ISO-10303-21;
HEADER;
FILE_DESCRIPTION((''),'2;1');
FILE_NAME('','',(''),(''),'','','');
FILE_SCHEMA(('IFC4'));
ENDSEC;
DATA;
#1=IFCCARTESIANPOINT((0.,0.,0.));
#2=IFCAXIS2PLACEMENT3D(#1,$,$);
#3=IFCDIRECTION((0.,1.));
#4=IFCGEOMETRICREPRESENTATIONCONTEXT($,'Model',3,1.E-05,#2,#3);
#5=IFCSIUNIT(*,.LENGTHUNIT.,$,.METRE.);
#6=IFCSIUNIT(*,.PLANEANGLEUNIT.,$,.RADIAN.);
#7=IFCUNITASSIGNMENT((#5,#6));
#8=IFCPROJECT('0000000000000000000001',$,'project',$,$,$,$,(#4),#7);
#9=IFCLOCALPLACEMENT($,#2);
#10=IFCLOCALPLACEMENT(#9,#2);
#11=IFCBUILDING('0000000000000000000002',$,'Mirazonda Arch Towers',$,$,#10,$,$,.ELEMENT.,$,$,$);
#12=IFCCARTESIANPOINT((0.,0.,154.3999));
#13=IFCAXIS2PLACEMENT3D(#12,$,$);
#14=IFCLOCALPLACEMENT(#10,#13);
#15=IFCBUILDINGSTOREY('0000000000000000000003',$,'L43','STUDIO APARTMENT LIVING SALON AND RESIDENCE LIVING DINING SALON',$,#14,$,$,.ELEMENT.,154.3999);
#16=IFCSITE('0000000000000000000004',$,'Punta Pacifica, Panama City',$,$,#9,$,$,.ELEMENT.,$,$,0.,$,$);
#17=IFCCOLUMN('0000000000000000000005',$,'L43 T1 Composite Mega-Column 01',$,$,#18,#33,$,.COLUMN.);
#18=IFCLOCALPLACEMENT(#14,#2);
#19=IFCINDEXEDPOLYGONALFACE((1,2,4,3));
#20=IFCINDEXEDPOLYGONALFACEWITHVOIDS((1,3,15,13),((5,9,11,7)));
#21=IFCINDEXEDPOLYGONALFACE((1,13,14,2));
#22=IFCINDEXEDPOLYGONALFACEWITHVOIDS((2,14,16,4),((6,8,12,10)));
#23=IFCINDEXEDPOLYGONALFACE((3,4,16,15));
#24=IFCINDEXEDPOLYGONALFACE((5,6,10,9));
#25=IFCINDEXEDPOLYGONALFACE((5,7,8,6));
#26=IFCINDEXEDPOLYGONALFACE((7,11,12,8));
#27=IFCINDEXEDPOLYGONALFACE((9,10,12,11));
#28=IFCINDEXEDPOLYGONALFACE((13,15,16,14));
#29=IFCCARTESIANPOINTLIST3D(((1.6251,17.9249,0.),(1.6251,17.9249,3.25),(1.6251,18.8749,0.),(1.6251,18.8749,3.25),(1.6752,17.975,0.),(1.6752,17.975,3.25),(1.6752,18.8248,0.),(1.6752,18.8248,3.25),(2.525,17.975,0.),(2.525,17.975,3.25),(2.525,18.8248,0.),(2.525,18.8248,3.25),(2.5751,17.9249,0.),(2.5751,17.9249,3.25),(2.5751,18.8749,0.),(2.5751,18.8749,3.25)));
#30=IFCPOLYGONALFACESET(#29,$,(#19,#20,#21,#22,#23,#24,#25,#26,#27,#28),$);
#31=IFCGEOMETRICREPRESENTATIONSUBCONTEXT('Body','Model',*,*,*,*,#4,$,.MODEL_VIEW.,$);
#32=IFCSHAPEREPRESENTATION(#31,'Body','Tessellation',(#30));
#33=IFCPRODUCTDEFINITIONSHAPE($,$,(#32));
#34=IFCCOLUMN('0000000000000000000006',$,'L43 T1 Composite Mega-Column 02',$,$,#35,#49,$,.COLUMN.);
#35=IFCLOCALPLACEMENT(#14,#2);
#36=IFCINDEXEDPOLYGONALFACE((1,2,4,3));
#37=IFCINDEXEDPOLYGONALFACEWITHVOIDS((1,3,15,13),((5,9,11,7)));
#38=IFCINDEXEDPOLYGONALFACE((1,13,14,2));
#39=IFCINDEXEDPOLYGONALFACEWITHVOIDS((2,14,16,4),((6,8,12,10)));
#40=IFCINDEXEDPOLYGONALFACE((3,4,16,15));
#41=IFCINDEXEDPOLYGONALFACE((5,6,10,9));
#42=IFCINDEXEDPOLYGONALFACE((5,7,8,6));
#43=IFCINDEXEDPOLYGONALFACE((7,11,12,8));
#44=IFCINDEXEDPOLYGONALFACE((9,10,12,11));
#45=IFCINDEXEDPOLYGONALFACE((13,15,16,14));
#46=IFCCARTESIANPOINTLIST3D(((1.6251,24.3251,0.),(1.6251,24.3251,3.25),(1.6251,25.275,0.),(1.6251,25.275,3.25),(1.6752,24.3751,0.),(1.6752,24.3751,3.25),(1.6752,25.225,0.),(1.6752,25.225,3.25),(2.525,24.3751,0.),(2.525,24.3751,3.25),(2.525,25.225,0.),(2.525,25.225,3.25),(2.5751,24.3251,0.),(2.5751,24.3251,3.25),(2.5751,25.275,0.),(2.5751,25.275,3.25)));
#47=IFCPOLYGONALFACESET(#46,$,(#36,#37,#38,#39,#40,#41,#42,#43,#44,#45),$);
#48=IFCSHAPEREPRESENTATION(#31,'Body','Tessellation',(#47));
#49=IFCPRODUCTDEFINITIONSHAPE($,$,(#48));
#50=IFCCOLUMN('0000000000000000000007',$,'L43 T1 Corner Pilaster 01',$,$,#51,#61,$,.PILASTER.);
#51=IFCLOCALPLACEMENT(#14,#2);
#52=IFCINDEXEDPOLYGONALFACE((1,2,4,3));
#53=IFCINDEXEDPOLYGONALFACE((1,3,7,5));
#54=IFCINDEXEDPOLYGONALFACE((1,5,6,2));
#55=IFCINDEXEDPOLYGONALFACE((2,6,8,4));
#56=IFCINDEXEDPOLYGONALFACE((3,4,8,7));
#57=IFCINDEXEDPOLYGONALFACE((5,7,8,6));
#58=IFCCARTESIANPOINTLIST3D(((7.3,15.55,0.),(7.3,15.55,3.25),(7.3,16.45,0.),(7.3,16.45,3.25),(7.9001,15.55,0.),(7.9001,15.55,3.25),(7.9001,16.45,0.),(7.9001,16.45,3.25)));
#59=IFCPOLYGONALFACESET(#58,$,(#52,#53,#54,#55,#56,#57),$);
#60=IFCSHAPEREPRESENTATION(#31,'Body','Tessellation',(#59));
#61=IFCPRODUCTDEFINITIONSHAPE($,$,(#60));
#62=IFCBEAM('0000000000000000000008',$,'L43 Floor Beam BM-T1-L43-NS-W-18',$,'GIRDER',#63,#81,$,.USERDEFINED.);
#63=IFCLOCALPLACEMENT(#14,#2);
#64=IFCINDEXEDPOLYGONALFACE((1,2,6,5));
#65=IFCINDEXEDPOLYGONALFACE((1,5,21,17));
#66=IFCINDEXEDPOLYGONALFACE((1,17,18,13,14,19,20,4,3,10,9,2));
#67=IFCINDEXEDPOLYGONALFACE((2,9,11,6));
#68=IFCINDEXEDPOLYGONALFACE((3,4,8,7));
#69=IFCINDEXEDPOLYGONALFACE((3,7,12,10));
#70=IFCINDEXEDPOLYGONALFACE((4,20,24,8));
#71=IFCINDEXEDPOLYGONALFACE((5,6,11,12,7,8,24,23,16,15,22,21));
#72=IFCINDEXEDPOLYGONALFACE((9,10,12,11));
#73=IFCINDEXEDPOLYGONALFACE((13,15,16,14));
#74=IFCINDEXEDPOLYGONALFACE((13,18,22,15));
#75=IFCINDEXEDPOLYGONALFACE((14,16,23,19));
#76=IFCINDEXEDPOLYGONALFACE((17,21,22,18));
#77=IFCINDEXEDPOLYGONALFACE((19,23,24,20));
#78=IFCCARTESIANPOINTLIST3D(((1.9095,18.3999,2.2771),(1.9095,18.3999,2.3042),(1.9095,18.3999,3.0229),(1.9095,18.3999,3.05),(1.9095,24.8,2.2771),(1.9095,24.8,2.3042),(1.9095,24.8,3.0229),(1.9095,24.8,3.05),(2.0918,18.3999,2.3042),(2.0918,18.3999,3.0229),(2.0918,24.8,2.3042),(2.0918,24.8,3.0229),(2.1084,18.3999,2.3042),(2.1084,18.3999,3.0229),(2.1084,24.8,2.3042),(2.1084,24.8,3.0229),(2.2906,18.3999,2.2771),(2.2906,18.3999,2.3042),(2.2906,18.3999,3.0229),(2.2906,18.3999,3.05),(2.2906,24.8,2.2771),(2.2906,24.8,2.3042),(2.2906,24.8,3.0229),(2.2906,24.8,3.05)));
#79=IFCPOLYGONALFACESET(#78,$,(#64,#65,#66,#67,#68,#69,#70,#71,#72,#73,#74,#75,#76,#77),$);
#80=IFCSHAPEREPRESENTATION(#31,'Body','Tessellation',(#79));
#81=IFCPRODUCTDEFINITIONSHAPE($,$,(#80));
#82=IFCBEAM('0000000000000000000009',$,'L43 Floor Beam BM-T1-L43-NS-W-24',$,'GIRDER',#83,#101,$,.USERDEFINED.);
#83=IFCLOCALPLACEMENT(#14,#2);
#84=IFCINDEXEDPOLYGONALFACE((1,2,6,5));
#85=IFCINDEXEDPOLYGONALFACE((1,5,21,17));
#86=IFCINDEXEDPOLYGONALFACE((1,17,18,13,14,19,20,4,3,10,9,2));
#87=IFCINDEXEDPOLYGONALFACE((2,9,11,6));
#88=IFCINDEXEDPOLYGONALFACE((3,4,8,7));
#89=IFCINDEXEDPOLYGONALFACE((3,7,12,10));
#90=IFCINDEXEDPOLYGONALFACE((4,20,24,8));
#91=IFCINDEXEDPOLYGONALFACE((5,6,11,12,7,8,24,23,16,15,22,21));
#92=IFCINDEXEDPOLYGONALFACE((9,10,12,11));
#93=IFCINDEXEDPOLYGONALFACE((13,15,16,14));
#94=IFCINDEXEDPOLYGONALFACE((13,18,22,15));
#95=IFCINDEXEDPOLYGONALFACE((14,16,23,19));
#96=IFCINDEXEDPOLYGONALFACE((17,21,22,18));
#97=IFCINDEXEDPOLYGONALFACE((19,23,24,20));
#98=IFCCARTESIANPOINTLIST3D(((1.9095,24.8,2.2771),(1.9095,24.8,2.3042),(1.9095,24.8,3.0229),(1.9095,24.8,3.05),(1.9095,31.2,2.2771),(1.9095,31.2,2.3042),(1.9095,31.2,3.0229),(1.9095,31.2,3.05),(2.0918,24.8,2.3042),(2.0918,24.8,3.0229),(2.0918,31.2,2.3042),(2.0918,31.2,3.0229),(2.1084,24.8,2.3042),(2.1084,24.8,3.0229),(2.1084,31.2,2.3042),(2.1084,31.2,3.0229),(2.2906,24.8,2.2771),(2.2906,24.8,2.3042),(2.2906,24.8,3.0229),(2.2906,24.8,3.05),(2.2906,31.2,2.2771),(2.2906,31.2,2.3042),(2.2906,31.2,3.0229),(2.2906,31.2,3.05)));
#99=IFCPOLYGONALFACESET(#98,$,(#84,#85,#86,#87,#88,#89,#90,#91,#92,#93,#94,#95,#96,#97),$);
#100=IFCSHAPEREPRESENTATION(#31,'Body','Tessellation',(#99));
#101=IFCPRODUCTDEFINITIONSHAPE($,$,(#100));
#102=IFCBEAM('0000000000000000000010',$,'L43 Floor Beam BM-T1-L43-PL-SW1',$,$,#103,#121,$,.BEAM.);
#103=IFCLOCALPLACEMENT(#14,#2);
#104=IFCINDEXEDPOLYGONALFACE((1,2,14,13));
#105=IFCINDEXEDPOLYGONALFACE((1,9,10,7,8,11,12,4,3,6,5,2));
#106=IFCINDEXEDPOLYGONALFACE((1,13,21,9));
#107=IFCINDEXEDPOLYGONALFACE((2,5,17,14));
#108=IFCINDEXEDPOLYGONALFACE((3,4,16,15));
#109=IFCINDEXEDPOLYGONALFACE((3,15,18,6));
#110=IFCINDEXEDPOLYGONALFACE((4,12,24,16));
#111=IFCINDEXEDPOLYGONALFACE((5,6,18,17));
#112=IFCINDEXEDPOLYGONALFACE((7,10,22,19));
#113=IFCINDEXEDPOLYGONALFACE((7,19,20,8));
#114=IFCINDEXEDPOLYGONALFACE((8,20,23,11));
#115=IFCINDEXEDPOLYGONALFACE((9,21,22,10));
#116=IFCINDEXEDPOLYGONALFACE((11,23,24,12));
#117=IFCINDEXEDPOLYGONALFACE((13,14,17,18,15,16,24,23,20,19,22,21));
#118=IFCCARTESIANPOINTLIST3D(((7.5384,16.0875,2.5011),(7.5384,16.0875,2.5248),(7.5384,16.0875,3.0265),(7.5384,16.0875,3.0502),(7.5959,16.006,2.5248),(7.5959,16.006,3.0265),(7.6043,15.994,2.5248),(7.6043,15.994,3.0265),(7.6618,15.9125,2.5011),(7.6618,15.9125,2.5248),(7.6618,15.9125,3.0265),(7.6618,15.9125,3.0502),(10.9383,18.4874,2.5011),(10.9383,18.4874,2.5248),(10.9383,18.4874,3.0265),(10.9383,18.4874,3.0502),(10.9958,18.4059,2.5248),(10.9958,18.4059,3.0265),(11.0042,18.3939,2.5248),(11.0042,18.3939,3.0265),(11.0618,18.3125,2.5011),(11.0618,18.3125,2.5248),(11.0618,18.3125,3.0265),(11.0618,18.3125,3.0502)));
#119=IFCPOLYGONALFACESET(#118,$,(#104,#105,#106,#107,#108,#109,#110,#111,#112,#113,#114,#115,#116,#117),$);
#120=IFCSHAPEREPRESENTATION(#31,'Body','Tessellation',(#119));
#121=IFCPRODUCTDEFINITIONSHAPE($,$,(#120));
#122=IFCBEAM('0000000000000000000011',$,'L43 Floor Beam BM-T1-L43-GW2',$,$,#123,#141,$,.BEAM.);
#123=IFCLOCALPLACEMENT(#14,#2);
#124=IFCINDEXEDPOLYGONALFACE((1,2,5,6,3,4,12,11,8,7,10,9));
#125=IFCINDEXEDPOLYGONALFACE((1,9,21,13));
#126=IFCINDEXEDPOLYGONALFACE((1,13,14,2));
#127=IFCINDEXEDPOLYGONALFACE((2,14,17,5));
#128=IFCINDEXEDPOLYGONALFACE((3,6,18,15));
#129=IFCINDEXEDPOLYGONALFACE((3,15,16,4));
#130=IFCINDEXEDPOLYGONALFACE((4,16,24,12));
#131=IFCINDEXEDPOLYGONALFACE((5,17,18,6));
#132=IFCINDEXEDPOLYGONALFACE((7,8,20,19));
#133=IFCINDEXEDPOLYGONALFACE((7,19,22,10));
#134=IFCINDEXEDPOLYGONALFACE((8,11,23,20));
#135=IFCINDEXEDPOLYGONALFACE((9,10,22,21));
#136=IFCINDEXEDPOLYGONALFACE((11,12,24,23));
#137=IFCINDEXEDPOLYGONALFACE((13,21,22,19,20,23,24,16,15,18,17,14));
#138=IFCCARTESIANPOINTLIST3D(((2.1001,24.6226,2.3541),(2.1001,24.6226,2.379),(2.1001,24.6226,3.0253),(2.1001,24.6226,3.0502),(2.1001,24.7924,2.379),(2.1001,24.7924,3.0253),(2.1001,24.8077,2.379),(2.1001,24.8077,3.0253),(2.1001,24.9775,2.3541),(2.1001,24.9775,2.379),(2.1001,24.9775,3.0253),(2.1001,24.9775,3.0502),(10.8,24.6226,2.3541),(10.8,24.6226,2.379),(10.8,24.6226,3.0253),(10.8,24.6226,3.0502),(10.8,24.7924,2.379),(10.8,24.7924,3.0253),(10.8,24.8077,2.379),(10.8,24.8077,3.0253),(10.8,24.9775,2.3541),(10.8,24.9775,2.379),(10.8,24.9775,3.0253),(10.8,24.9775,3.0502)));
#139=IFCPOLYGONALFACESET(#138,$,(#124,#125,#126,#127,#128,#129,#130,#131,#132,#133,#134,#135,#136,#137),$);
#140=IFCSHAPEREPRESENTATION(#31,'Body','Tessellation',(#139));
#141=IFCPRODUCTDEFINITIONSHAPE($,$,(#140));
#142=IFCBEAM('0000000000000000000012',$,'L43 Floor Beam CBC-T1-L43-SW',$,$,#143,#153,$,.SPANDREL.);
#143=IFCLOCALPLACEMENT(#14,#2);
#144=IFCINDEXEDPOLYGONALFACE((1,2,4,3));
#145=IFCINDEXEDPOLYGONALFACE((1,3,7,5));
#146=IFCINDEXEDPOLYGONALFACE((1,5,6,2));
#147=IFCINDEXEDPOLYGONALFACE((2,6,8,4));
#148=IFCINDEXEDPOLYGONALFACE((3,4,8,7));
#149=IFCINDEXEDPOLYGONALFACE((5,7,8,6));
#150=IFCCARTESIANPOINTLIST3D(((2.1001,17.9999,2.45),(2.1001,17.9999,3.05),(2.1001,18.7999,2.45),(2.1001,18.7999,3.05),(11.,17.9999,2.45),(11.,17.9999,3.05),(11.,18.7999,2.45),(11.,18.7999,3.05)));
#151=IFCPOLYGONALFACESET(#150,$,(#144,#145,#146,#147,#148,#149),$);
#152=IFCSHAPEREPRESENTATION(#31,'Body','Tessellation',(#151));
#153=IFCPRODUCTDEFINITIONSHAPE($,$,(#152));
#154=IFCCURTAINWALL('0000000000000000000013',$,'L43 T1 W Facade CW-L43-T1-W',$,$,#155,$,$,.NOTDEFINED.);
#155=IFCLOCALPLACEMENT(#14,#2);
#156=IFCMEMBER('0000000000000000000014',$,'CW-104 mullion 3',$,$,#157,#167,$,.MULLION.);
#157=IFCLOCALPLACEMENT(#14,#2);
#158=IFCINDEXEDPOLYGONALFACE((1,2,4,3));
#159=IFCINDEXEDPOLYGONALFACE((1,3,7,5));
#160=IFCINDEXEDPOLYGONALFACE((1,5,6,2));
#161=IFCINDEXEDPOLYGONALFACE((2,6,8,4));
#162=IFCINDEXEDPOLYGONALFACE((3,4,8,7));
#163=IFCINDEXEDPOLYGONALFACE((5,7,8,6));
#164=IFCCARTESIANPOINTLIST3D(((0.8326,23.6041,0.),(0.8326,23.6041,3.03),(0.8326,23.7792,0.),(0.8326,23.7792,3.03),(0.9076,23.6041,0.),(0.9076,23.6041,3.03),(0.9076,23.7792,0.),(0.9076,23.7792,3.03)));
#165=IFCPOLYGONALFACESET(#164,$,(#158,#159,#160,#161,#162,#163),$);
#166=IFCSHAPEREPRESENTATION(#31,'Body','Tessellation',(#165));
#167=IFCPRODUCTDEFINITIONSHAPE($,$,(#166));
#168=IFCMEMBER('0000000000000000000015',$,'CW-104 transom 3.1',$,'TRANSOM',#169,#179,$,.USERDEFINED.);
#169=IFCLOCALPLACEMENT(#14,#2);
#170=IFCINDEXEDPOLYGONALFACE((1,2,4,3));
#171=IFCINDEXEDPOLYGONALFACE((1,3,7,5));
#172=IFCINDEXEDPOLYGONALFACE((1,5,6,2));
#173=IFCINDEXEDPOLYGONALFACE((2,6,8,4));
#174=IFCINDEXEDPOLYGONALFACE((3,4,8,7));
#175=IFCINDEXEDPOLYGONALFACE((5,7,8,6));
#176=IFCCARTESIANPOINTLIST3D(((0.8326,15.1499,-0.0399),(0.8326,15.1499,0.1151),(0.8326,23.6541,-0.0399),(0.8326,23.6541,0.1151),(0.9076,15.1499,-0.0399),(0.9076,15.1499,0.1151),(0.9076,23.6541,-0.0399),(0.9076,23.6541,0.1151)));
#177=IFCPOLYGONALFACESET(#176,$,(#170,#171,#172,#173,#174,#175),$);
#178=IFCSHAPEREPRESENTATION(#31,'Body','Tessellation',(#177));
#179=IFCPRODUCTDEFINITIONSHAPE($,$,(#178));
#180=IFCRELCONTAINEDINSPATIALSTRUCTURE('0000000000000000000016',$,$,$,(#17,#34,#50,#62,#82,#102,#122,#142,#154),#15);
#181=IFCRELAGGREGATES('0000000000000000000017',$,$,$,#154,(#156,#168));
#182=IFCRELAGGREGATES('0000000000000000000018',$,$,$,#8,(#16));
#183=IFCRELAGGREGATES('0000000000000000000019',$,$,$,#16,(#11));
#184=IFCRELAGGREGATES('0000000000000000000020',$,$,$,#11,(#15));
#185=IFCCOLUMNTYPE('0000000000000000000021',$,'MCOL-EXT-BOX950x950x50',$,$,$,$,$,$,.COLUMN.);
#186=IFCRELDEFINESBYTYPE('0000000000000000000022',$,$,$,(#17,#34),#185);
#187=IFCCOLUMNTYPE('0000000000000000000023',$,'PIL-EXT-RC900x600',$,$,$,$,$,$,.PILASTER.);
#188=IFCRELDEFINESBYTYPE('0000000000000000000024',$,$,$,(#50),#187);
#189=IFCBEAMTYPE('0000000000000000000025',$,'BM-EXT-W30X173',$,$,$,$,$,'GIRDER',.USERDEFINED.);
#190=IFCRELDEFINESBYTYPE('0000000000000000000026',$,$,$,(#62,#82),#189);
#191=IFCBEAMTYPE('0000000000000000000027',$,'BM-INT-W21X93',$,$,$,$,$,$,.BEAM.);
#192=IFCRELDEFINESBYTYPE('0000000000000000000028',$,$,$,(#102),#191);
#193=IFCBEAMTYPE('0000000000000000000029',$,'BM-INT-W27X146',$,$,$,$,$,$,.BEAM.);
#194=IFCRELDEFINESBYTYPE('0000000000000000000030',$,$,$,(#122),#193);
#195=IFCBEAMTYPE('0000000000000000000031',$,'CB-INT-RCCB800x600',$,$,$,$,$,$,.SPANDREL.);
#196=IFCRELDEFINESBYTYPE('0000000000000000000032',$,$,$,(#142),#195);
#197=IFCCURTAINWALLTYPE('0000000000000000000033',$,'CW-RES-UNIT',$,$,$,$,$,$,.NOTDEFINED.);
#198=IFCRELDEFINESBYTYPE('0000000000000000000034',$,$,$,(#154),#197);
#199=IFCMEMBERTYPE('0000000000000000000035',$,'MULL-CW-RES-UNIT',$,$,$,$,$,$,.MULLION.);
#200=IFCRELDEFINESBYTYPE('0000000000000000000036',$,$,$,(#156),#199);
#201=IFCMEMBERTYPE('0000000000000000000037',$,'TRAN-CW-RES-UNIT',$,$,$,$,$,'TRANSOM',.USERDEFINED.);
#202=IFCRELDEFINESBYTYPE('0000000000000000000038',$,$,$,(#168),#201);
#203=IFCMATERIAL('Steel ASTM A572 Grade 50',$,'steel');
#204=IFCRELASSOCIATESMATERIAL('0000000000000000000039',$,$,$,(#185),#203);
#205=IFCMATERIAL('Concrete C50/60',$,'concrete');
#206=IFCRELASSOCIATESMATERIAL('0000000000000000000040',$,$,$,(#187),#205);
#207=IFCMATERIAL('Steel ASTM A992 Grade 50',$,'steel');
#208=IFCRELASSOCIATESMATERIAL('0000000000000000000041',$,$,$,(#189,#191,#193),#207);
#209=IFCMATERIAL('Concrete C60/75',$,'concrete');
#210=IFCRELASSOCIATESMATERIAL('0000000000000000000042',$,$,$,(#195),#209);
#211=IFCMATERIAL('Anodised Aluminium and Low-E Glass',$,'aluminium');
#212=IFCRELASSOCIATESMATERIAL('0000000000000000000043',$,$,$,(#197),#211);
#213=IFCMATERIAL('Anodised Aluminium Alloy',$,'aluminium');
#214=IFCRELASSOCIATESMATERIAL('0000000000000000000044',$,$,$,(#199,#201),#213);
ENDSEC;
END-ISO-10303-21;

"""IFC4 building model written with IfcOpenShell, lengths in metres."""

from ifc_helpers import new_model, si_unit, direction, frame, origin, origin_2d, place, context, subcontext, project, spatial, rectangle, hollow_rectangle, i_section, extrude, material, material_profile, profile_set, type_object, element, aggregate, save


model = new_model("IFC4")

# Units and contexts
model_context = context("Model", 3, precision=1e-05, world=origin(), true_north=direction((0.0, 1.0)))
body_context = subcontext(model_context, "Body", "Model", "MODEL_VIEW")
ifc_project = project(units=[si_unit("LENGTHUNIT", "METRE"), si_unit("PLANEANGLEUNIT", "RADIAN")], contexts=[model_context])

# Site, building, storey
site_placement = place(None, origin())
site = spatial("IfcSite", under=ifc_project, at=site_placement, Name="Punta Pacifica, Panama City", CompositionType="ELEMENT", RefElevation=0.0)
building_placement = place(site_placement, origin())
building = spatial("IfcBuilding", under=site, at=building_placement, Name="Mirazonda Arch Towers", CompositionType="ELEMENT")
storey_placement = place(building_placement, frame((0.0, 0.0, 154.3999)))
storey = spatial("IfcBuildingStorey", under=building, at=storey_placement, Name="L43", Description="STUDIO APARTMENT LIVING SALON AND RESIDENCE LIVING DINING SALON", CompositionType="ELEMENT", Elevation=154.3999)

# Columns
ifc_material_1 = material(Name="Steel ASTM A572 Grade 50", Category="steel")
ifc_material_profile_1 = material_profile(ifc_material_1, hollow_rectangle(XDim=0.95, YDim=0.95, WallThickness=0.05, at=origin_2d()), Name="BOX950x950x50")
ifc_profile_set_1 = profile_set([ifc_material_profile_1], Name="Steel ASTM A572 Grade 50")
column_type_1 = type_object("IfcColumnType", Name="MCOL-EXT-BOX950x950x50", PredefinedType="COLUMN", material=ifc_profile_set_1)
for number, where, z_axis, x_axis, name in (
    (1, (2.1001, 18.3999, 0.0), (0.0, 0.0, 1.0), (1.0, 0.0, 0.0), "L43 T1 Composite Mega-Column 01"),
    (2, (2.1001, 24.8, 0.0), (0.0, 0.0, 1.0), (1.0, 0.0, 0.0), "L43 T1 Composite Mega-Column 02"),
):
    element("IfcColumn", number, at=place(storey_placement, frame(where, z_axis=z_axis, x_axis=x_axis)), inside=storey, type_object=column_type_1, Name=name, PredefinedType="COLUMN", context=body_context, shape_type="SweptSolid", body=[
        extrude(hollow_rectangle(XDim=0.95, YDim=0.95, WallThickness=0.05, at=origin_2d()), origin(), (0.0, 0.0, 1.0), 3.25),
    ])
ifc_material_2 = material(Name="Concrete C50/60", Category="concrete")
ifc_material_profile_2 = material_profile(ifc_material_2, rectangle(XDim=0.6001, YDim=0.8999, at=origin_2d()), Name="RC900x600")
ifc_profile_set_2 = profile_set([ifc_material_profile_2], Name="Concrete C50/60")
column_type_2 = type_object("IfcColumnType", Name="PIL-EXT-RC900x600", PredefinedType="PILASTER", material=ifc_profile_set_2)
column_placement = place(storey_placement, frame((7.6001, 16.0, 0.0), z_axis=(0.0, 0.0, 1.0), x_axis=(1.0, 0.0, 0.0)))
element("IfcColumn", 3, at=column_placement, inside=storey, type_object=column_type_2, Name="L43 T1 Corner Pilaster 01", PredefinedType="PILASTER", context=body_context, shape_type="SweptSolid", body=[
    extrude(rectangle(XDim=0.6001, YDim=0.8999, at=origin_2d()), origin(), (0.0, 0.0, 1.0), 3.25),
])

# Beams
ifc_material_3 = material(Name="Steel ASTM A992 Grade 50", Category="steel")
ifc_material_profile_3 = material_profile(ifc_material_3, i_section(OverallWidth=0.3811, OverallDepth=0.7729, WebThickness=0.0166, FlangeThickness=0.0271, at=origin_2d()), Name="W30X173")
ifc_profile_set_3 = profile_set([ifc_material_profile_3], Name="Steel ASTM A992 Grade 50")
beam_type_1 = type_object("IfcBeamType", Name="BM-EXT-W30X173", ElementType="GIRDER", PredefinedType="USERDEFINED", material=ifc_profile_set_3)
beam_1_placement = place(storey_placement, frame((2.1001, 18.3999, 2.6636), z_axis=(0.0, 1.0, 0.0), x_axis=(-1.0, 0.0, 0.0)))
element("IfcBeam", 4, at=beam_1_placement, inside=storey, type_object=beam_type_1, Name="L43 Floor Beam BM-T1-L43-NS-W-18", ObjectType="GIRDER", PredefinedType="USERDEFINED", context=body_context, shape_type="SweptSolid", body=[
    extrude(i_section(OverallWidth=0.3811, OverallDepth=0.7729, WebThickness=0.0166, FlangeThickness=0.0271, at=origin_2d()), origin(), (0.0, 0.0, 1.0), 6.4001),
])
beam_2_placement = place(storey_placement, frame((2.1001, 24.8, 2.6636), z_axis=(0.0, 1.0, 0.0), x_axis=(-1.0, 0.0, 0.0)))
element("IfcBeam", 5, at=beam_2_placement, inside=storey, type_object=beam_type_1, Name="L43 Floor Beam BM-T1-L43-NS-W-24", ObjectType="GIRDER", PredefinedType="USERDEFINED", context=body_context, shape_type="SweptSolid", body=[
    extrude(i_section(OverallWidth=0.3811, OverallDepth=0.7729, WebThickness=0.0166, FlangeThickness=0.0271, at=origin_2d()), origin(), (0.0, 0.0, 1.0), 6.3999),
])
ifc_material_profile_4 = material_profile(ifc_material_3, i_section(OverallWidth=0.2141, OverallDepth=0.5491, WebThickness=0.0146, FlangeThickness=0.0237, at=origin_2d()), Name="W21X93")
ifc_profile_set_4 = profile_set([ifc_material_profile_4], Name="Steel ASTM A992 Grade 50")
beam_type_2 = type_object("IfcBeamType", Name="BM-INT-W21X93", PredefinedType="BEAM", material=ifc_profile_set_4)
beam_3_placement = place(storey_placement, frame((7.6001, 16.0, 2.7756), z_axis=(0.816971, 0.576679, 0.0), x_axis=(-0.576679, 0.816971, 0.0)))
element("IfcBeam", 6, at=beam_3_placement, inside=storey, type_object=beam_type_2, Name="L43 Floor Beam BM-T1-L43-PL-SW1", PredefinedType="BEAM", context=body_context, shape_type="SweptSolid", body=[
    extrude(i_section(OverallWidth=0.2141, OverallDepth=0.5491, WebThickness=0.0146, FlangeThickness=0.0237, at=origin_2d()), origin(), (0.0, 0.0, 1.0), 4.1616),
])
ifc_material_profile_5 = material_profile(ifc_material_3, i_section(OverallWidth=0.355, OverallDepth=0.696, WebThickness=0.0154, FlangeThickness=0.0249, at=origin_2d()), Name="W27X146")
ifc_profile_set_5 = profile_set([ifc_material_profile_5], Name="Steel ASTM A992 Grade 50")
beam_type_3 = type_object("IfcBeamType", Name="BM-INT-W27X146", PredefinedType="BEAM", material=ifc_profile_set_5)
beam_4_placement = place(storey_placement, frame((2.1001, 24.8, 2.7021), z_axis=(1.0, 0.0, 0.0), x_axis=(0.0, 1.0, 0.0)))
element("IfcBeam", 7, at=beam_4_placement, inside=storey, type_object=beam_type_3, Name="L43 Floor Beam BM-T1-L43-GW2", PredefinedType="BEAM", context=body_context, shape_type="SweptSolid", body=[
    extrude(i_section(OverallWidth=0.355, OverallDepth=0.696, WebThickness=0.0154, FlangeThickness=0.0249, at=origin_2d()), origin(), (0.0, 0.0, 1.0), 8.7),
])
ifc_material_4 = material(Name="Concrete C60/75", Category="concrete")
ifc_material_profile_6 = material_profile(ifc_material_4, rectangle(XDim=0.8, YDim=0.6001, at=origin_2d()), Name="RCCB800x600")
ifc_profile_set_6 = profile_set([ifc_material_profile_6], Name="Concrete C60/75")
beam_type_4 = type_object("IfcBeamType", Name="CB-INT-RCCB800x600", PredefinedType="SPANDREL", material=ifc_profile_set_6)
beam_5_placement = place(storey_placement, frame((2.1001, 18.3999, 2.75), z_axis=(1.0, 0.0, 0.0), x_axis=(0.0, 1.0, 0.0)))
element("IfcBeam", 8, at=beam_5_placement, inside=storey, type_object=beam_type_4, Name="L43 Floor Beam CBC-T1-L43-SW", PredefinedType="SPANDREL", context=body_context, shape_type="SweptSolid", body=[
    extrude(rectangle(XDim=0.8, YDim=0.6001, at=origin_2d()), origin(), (0.0, 0.0, 1.0), 8.8999),
])

# Curtain wall, members
ifc_material_5 = material(Name="Anodised Aluminium and Low-E Glass", Category="aluminium")
curtain_wall_type = type_object("IfcCurtainWallType", Name="CW-RES-UNIT", PredefinedType="NOTDEFINED", material=ifc_material_5)
curtain_wall_placement = place(storey_placement, origin())
curtain_wall = element("IfcCurtainWall", 9, at=curtain_wall_placement, inside=storey, type_object=curtain_wall_type, Name="L43 T1 W Facade CW-L43-T1-W", PredefinedType="NOTDEFINED")
ifc_material_6 = material(Name="Anodised Aluminium Alloy", Category="aluminium")
ifc_material_profile_7 = material_profile(ifc_material_6, rectangle(XDim=0.075, YDim=0.175, at=origin_2d()), Name="ALU-MULL-75x175")
ifc_profile_set_7 = profile_set([ifc_material_profile_7], Name="Anodised Aluminium Alloy")
member_type_1 = type_object("IfcMemberType", Name="MULL-CW-RES-UNIT", PredefinedType="MULLION", material=ifc_profile_set_7)
member_1_placement = place(storey_placement, frame((0.8701, 23.6917, 0.0), z_axis=(0.0, 0.0, 1.0), x_axis=(1.0, 0.0, 0.0)))
member_1 = element("IfcMember", 10, at=member_1_placement, type_object=member_type_1, Name="CW-104 mullion 3", PredefinedType="MULLION", context=body_context, shape_type="SweptSolid", body=[
    extrude(rectangle(XDim=0.075, YDim=0.175, at=origin_2d()), origin(), (0.0, 0.0, 1.0), 3.03),
])
ifc_material_profile_8 = material_profile(ifc_material_6, rectangle(XDim=0.075, YDim=0.155, at=origin_2d()), Name="ALU-TRAN-75x155")
ifc_profile_set_8 = profile_set([ifc_material_profile_8], Name="Anodised Aluminium Alloy")
member_type_2 = type_object("IfcMemberType", Name="TRAN-CW-RES-UNIT", ElementType="TRANSOM", PredefinedType="USERDEFINED", material=ifc_profile_set_8)
member_2_placement = place(storey_placement, frame((0.8701, 23.6541, 0.0376), z_axis=(0.0, -1.0, 0.0), x_axis=(1.0, 0.0, 0.0)))
member_2 = element("IfcMember", 11, at=member_2_placement, type_object=member_type_2, Name="CW-104 transom 3.1", ObjectType="TRANSOM", PredefinedType="USERDEFINED", context=body_context, shape_type="SweptSolid", body=[
    extrude(rectangle(XDim=0.075, YDim=0.155, at=origin_2d()), origin(), (0.0, 0.0, 1.0), 8.5042),
])
aggregate(curtain_wall, [member_1, member_2])

save(model, "model.ifc")
